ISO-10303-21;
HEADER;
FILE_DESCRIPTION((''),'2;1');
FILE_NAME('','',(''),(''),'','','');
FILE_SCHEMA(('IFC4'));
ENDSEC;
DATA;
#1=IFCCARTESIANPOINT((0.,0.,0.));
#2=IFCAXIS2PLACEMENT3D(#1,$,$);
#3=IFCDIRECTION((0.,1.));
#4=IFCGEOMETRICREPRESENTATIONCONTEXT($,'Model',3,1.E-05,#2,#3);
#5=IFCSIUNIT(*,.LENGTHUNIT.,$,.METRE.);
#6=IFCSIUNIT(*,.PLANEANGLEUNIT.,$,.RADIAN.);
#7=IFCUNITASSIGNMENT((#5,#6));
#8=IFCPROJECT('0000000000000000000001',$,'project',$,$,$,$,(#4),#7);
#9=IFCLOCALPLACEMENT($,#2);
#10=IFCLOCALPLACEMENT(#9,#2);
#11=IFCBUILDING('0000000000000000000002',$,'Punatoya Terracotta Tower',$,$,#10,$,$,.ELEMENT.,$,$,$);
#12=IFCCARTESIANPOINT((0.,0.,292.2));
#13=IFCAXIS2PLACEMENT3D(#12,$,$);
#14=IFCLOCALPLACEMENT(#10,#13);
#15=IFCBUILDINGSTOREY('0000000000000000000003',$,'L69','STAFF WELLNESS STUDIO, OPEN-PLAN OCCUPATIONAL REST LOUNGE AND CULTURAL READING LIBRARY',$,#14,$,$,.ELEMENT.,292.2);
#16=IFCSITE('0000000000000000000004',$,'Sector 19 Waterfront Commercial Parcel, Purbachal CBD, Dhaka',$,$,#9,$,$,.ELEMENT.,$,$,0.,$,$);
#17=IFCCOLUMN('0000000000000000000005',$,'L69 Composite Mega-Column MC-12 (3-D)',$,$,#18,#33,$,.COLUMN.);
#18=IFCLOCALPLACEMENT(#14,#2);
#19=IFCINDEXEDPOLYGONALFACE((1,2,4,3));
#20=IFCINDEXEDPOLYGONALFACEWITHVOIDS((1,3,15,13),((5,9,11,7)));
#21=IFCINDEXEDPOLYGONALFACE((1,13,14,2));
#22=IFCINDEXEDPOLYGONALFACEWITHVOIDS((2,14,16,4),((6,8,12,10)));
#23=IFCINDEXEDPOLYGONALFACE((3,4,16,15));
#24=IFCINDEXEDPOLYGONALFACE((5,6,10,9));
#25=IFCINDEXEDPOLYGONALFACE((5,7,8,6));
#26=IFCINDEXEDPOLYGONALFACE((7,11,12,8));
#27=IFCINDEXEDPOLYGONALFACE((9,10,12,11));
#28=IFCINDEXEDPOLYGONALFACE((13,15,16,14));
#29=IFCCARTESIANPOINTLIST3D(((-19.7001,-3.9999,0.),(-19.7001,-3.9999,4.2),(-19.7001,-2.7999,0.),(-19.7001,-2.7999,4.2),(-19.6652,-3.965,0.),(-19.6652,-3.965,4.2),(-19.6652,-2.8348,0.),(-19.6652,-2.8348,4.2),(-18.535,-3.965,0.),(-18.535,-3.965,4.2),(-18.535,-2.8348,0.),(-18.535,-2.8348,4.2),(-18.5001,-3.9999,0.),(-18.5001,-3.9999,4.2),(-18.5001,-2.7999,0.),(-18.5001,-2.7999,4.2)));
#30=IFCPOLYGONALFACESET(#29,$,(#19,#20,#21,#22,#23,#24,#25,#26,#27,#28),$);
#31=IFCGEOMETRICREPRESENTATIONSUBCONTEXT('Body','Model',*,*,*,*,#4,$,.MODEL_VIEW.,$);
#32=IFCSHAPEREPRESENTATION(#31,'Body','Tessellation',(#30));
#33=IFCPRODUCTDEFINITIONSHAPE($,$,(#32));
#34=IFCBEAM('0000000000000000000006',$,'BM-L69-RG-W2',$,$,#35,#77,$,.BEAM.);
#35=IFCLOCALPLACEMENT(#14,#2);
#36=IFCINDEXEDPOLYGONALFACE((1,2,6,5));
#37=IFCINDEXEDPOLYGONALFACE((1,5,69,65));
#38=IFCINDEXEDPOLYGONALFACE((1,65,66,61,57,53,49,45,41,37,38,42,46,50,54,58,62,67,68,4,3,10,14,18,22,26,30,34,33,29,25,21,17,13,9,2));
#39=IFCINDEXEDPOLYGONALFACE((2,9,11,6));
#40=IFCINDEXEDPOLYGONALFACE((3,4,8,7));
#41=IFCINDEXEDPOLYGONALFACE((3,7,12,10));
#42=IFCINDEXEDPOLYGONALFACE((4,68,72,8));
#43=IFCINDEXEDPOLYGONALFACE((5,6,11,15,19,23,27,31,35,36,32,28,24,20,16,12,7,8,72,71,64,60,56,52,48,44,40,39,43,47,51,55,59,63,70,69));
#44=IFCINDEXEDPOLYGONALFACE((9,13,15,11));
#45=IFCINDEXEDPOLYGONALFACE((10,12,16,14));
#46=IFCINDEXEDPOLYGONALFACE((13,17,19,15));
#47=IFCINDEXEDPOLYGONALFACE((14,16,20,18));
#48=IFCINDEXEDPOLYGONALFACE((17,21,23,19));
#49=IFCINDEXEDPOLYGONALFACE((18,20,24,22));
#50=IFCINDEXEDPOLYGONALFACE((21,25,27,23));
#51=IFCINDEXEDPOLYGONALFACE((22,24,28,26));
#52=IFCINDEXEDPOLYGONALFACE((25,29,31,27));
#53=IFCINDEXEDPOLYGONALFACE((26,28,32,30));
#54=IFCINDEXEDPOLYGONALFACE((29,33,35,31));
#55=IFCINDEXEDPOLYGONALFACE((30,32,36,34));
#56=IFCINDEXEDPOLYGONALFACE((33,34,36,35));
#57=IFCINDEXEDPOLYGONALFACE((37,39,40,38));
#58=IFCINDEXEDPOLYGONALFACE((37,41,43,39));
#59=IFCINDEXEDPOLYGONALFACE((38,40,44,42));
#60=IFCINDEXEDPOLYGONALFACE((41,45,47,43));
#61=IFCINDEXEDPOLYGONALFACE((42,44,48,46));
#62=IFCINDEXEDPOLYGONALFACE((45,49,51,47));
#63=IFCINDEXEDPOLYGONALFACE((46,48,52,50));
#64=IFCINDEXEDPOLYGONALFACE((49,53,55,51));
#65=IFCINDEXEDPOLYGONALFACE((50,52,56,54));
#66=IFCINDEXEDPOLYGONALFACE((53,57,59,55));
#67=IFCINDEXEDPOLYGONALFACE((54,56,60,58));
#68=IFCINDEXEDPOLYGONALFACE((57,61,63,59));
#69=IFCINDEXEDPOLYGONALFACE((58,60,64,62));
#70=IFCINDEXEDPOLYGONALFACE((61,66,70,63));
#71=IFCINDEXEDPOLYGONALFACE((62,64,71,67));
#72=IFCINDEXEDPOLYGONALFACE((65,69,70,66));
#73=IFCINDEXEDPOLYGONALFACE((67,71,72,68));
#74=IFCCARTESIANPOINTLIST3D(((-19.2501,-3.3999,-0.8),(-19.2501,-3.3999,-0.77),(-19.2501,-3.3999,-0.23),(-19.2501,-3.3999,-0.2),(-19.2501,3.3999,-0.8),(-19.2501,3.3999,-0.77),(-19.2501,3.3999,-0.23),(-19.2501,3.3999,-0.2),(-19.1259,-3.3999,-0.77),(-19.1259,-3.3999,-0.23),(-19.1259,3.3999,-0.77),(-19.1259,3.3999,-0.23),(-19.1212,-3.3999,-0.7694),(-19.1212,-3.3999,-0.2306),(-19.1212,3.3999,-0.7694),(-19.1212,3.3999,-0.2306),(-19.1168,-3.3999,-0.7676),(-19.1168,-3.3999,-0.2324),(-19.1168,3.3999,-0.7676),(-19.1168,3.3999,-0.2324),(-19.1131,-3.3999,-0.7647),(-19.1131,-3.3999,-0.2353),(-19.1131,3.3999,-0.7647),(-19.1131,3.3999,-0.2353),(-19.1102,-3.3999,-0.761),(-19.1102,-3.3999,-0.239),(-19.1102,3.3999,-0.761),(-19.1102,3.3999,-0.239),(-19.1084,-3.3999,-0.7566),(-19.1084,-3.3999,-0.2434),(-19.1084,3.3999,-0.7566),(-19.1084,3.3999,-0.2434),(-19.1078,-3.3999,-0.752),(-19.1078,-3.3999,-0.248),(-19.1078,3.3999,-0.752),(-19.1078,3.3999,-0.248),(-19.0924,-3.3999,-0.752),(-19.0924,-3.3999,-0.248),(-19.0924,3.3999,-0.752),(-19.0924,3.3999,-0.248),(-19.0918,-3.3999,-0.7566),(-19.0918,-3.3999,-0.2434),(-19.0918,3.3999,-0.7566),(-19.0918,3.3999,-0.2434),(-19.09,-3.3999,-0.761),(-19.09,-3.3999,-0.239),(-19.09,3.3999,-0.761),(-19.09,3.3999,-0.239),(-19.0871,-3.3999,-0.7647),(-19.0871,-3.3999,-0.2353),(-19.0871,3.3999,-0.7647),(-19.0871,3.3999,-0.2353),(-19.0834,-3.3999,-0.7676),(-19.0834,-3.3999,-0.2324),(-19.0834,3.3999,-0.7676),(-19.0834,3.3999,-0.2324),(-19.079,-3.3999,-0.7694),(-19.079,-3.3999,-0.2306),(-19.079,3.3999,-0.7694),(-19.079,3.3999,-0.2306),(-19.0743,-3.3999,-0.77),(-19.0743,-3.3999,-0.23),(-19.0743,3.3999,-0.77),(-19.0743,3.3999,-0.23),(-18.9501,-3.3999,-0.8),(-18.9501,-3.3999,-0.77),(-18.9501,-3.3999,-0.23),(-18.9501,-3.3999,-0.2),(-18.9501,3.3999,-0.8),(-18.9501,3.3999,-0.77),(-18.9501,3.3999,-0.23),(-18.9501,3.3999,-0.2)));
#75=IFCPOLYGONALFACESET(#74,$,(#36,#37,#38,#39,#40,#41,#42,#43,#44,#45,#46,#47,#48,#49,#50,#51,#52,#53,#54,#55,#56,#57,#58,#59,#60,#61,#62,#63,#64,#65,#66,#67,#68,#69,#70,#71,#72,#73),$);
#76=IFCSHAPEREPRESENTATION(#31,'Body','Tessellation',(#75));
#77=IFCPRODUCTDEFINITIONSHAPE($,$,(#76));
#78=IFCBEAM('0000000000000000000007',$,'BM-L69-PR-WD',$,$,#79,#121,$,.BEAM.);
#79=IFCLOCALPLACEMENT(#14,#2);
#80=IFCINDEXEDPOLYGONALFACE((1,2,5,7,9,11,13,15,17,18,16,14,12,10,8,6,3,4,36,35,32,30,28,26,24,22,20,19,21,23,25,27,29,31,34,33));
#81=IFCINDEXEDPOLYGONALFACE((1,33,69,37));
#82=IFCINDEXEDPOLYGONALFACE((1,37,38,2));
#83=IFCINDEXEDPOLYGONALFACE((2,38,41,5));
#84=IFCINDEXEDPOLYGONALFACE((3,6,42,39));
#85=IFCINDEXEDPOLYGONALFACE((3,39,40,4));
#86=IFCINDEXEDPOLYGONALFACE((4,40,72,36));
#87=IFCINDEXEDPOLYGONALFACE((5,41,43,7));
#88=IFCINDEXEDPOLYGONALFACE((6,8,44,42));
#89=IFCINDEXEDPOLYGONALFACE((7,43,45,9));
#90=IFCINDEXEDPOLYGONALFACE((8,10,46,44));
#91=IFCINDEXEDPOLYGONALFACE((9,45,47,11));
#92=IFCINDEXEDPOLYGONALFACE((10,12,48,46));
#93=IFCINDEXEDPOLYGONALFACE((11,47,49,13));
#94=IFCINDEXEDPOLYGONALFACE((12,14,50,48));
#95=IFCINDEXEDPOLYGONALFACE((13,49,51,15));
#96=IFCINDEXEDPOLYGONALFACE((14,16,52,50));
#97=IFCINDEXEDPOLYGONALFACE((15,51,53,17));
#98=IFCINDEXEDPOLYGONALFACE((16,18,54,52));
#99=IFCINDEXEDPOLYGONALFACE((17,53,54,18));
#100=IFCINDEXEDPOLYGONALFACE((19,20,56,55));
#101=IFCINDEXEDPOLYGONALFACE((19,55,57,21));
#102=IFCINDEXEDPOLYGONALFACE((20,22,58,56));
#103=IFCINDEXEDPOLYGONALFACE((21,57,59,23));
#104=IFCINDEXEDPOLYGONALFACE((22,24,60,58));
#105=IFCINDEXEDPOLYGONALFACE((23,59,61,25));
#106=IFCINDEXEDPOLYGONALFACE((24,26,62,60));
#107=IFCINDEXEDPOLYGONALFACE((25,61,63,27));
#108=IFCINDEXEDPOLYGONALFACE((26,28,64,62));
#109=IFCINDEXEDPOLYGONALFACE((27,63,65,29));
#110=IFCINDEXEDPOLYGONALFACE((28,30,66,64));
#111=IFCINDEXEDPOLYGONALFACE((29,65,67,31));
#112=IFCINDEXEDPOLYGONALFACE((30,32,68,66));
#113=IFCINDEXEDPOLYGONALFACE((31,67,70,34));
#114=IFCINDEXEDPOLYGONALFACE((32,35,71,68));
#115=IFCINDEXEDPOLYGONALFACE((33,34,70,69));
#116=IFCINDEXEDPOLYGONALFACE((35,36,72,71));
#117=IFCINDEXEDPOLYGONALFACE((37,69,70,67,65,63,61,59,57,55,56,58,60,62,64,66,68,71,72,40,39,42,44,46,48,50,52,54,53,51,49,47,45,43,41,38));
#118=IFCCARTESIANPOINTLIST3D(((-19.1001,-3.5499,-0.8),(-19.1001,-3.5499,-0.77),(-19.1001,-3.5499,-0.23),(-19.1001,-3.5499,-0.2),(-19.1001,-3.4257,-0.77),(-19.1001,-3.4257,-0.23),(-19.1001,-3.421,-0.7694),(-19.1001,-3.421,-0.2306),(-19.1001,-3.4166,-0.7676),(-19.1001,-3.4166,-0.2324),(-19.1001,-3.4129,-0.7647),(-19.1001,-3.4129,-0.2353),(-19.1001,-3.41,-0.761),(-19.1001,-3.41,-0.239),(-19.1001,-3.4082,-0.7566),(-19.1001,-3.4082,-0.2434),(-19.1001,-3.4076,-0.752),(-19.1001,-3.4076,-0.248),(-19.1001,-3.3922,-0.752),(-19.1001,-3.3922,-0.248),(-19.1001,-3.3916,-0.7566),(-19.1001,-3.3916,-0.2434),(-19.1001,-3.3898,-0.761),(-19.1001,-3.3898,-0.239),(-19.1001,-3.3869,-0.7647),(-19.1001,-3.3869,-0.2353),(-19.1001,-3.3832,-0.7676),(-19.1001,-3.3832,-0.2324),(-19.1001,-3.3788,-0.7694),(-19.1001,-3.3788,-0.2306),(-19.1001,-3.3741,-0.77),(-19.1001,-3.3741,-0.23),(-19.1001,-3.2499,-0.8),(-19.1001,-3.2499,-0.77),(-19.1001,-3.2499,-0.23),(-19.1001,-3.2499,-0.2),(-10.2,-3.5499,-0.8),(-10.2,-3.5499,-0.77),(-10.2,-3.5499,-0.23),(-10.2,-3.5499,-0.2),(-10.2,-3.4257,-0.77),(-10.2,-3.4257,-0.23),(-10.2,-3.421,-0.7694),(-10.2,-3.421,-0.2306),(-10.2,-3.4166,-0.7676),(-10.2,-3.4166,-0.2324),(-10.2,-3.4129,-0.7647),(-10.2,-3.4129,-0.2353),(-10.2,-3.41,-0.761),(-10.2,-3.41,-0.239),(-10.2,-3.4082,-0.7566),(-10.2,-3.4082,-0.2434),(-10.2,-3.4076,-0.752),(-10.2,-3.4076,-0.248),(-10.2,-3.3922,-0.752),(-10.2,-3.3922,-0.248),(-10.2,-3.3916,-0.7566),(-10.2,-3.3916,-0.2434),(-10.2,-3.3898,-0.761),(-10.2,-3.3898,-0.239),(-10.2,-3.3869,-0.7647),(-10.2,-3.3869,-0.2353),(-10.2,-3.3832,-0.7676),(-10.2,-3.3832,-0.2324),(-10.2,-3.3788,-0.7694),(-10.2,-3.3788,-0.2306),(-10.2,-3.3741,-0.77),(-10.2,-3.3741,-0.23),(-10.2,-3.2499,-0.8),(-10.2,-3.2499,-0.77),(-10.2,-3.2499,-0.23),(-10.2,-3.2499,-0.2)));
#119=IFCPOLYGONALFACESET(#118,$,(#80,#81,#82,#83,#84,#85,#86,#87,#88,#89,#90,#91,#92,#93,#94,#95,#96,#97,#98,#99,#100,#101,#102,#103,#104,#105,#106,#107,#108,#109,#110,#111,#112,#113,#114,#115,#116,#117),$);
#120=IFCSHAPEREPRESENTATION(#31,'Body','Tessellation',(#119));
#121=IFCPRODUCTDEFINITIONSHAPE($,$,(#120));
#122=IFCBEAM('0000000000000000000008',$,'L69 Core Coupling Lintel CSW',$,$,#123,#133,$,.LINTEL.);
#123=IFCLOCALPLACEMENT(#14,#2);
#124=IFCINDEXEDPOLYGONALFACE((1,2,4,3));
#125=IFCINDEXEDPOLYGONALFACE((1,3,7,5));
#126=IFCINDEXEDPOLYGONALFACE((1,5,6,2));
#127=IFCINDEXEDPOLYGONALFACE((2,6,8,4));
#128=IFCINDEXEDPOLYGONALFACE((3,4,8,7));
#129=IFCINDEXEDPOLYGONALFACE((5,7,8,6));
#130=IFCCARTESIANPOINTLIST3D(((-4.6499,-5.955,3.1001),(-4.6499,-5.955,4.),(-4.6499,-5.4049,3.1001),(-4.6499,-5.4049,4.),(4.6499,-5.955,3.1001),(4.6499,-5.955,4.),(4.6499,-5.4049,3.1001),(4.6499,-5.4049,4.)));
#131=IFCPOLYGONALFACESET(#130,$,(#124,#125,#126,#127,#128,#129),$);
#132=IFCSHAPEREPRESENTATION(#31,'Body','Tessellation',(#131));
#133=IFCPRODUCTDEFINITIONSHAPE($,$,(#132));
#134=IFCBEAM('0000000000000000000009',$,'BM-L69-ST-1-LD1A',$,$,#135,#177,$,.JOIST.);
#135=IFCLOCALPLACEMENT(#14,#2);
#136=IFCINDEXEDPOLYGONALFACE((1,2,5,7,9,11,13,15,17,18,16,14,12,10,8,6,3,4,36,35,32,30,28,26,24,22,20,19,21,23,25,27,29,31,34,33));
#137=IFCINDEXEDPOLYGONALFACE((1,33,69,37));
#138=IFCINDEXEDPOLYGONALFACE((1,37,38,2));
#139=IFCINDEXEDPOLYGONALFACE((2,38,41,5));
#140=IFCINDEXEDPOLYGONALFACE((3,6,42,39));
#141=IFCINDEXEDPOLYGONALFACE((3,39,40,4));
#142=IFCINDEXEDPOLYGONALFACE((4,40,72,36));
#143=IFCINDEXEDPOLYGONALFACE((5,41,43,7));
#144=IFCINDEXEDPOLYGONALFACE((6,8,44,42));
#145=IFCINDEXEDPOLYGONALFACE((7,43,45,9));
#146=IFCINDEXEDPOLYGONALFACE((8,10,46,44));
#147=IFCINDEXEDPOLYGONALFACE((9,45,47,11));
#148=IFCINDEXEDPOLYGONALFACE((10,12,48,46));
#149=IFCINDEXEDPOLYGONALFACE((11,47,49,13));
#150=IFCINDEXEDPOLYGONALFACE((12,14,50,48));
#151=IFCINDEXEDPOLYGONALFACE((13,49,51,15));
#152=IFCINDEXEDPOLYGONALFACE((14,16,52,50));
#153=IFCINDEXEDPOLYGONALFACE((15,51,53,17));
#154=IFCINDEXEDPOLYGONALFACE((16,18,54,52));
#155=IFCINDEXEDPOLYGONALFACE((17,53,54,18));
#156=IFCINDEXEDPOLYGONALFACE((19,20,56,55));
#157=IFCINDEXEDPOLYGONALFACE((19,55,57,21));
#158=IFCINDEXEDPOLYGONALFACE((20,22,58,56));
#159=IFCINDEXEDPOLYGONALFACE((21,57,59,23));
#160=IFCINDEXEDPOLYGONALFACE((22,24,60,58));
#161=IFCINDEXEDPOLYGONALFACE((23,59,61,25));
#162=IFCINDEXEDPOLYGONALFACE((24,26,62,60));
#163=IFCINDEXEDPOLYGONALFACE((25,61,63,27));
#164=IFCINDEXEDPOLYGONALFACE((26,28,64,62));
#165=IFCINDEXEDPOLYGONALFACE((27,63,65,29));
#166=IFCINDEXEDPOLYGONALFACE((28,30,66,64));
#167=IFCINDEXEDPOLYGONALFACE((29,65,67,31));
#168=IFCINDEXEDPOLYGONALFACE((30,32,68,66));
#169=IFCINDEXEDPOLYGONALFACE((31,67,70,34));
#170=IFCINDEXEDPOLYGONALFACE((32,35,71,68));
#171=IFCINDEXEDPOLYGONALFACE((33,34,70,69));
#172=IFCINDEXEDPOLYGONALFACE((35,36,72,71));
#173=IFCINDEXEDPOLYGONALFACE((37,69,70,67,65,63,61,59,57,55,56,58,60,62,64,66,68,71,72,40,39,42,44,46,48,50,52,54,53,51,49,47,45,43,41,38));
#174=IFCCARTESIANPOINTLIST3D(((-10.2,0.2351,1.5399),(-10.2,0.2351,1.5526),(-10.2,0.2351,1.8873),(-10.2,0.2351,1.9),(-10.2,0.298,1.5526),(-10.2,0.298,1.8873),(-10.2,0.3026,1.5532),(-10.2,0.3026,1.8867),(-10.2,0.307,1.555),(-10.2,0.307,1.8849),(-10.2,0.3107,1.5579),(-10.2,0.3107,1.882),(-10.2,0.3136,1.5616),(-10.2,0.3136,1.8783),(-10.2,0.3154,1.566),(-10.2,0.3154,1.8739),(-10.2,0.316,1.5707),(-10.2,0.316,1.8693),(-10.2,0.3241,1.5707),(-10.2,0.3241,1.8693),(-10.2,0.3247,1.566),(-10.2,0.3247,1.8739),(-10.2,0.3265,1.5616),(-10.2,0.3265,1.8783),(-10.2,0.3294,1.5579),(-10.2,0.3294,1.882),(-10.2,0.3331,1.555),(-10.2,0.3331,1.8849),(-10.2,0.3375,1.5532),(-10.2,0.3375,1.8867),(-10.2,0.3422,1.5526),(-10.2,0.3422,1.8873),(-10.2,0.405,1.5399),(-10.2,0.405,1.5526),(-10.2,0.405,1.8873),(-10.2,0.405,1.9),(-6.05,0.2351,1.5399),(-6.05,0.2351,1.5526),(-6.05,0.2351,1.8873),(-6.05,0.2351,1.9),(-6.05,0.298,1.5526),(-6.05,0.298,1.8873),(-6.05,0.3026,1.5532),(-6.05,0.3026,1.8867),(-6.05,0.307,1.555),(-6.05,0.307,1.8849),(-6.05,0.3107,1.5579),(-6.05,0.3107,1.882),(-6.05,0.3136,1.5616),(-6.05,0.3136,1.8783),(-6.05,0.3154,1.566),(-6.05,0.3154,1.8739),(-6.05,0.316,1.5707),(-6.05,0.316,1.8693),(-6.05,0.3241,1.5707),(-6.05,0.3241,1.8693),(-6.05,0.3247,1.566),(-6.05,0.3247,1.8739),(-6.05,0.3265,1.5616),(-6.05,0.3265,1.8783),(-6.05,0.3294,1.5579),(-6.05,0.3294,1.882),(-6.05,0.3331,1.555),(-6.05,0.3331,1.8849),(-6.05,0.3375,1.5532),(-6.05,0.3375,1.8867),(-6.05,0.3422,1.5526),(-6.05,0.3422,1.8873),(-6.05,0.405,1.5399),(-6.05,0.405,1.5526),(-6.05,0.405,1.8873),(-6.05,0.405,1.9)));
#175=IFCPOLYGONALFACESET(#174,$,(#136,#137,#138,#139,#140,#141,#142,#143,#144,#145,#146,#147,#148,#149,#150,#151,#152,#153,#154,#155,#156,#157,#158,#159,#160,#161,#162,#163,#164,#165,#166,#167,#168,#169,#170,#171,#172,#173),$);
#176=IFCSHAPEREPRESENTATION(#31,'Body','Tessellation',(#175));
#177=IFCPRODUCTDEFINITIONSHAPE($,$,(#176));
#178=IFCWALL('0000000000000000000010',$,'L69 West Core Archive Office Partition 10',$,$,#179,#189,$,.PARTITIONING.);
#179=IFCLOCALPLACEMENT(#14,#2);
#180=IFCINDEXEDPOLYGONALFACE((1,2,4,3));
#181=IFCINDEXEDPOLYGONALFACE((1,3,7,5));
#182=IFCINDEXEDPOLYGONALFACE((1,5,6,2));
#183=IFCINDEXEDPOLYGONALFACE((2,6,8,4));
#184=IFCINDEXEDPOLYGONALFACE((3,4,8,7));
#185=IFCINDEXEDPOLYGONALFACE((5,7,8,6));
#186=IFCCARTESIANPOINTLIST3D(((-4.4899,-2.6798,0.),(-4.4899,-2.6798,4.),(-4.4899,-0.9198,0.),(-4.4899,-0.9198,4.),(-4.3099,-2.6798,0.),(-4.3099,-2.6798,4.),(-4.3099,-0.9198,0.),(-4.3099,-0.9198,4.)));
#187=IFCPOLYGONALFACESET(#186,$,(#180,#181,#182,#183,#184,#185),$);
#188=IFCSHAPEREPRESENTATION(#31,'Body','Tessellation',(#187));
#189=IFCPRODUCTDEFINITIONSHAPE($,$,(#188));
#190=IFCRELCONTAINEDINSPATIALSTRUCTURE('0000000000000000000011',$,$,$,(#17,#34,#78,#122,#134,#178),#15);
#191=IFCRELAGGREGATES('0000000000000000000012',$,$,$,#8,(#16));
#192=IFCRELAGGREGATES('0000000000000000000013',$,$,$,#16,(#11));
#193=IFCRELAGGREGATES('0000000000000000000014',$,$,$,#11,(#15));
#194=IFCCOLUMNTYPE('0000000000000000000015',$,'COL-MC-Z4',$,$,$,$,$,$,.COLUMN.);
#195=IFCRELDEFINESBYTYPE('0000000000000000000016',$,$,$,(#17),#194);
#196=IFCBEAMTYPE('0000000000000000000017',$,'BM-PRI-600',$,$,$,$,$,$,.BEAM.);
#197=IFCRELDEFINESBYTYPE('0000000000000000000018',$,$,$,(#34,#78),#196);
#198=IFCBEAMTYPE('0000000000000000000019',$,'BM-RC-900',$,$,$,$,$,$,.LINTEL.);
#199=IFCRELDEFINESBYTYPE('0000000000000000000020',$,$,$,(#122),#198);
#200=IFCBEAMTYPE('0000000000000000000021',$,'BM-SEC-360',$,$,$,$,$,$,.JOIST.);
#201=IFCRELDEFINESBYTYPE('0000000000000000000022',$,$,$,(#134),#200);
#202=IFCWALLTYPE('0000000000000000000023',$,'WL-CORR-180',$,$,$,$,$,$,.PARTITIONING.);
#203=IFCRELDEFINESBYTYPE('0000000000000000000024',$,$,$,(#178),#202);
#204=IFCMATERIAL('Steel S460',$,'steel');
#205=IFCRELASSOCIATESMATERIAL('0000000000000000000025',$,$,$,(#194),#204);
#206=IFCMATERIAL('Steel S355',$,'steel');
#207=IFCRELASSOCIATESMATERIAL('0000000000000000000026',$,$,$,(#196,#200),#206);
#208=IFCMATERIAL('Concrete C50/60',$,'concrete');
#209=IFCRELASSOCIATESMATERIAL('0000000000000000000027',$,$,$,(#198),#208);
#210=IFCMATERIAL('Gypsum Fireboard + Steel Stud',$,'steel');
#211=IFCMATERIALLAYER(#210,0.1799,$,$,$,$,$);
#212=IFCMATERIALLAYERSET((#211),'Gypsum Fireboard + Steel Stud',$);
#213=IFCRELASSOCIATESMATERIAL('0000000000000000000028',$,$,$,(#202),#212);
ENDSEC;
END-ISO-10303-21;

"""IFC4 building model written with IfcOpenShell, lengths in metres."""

from ifc_helpers import new_model, si_unit, direction, frame, frame_2d, origin, origin_2d, place, context, subcontext, project, spatial, rectangle, hollow_rectangle, i_section, extrude, material, layer, layer_set, material_profile, profile_set, type_object, element, save


model = new_model("IFC4")

# Units and contexts
model_context = context("Model", 3, precision=1e-05, world=origin(), true_north=direction((0.0, 1.0)))
body_context = subcontext(model_context, "Body", "Model", "MODEL_VIEW")
ifc_project = project(units=[si_unit("LENGTHUNIT", "METRE"), si_unit("PLANEANGLEUNIT", "RADIAN")], contexts=[model_context])

# Site, building, storey
site_placement = place(None, origin())
site = spatial("IfcSite", under=ifc_project, at=site_placement, Name="Sector 19 Waterfront Commercial Parcel, Purbachal CBD, Dhaka", CompositionType="ELEMENT", RefElevation=0.0)
building_placement = place(site_placement, origin())
building = spatial("IfcBuilding", under=site, at=building_placement, Name="Punatoya Terracotta Tower", CompositionType="ELEMENT")
storey_placement = place(building_placement, frame((0.0, 0.0, 292.2)))
storey = spatial("IfcBuildingStorey", under=building, at=storey_placement, Name="L69", Description="STAFF WELLNESS STUDIO, OPEN-PLAN OCCUPATIONAL REST LOUNGE AND CULTURAL READING LIBRARY", CompositionType="ELEMENT", Elevation=292.2)

# Column
ifc_material_1 = material(Name="Steel S460", Category="steel")
ifc_material_profile_1 = material_profile(ifc_material_1, hollow_rectangle(XDim=1.2, YDim=1.2, WallThickness=0.0349, at=origin_2d()))
ifc_profile_set_1 = profile_set([ifc_material_profile_1], Name="Steel S460")
column_type = type_object("IfcColumnType", Name="COL-MC-Z4", PredefinedType="COLUMN", material=ifc_profile_set_1)
column_placement = place(storey_placement, frame((-19.1001, -3.3999, 0.0), z_axis=(0.0, 0.0, 1.0), x_axis=(1.0, 0.0, 0.0)))
element("IfcColumn", 1, at=column_placement, inside=storey, type_object=column_type, Name="L69 Composite Mega-Column MC-12 (3-D)", PredefinedType="COLUMN", context=body_context, shape_type="SweptSolid", body=[
    extrude(hollow_rectangle(XDim=1.2, YDim=1.2, WallThickness=0.0349, at=origin_2d()), origin(), (0.0, 0.0, 1.0), 4.2),
])

# Beams
ifc_material_2 = material(Name="Steel S355", Category="steel")
ifc_material_profile_2 = material_profile(ifc_material_2, i_section(OverallWidth=0.3, OverallDepth=0.6001, WebThickness=0.0154, FlangeThickness=0.03, FilletRadius=0.0181, at=origin_2d()))
ifc_profile_set_2 = profile_set([ifc_material_profile_2], Name="Steel S355")
beam_type_1 = type_object("IfcBeamType", Name="BM-PRI-600", PredefinedType="BEAM", material=ifc_profile_set_2)
beam_1_placement = place(storey_placement, frame((-19.1001, -3.3999, -0.5), z_axis=(0.0, 1.0, 0.0), x_axis=(-1.0, 0.0, 0.0)))
element("IfcBeam", 2, at=beam_1_placement, inside=storey, type_object=beam_type_1, Name="BM-L69-RG-W2", PredefinedType="BEAM", context=body_context, shape_type="SweptSolid", body=[
    extrude(i_section(OverallWidth=0.3, OverallDepth=0.6001, WebThickness=0.0154, FlangeThickness=0.03, FilletRadius=0.0181, at=origin_2d()), origin(), (0.0, 0.0, 1.0), 6.7998),
])
beam_2_placement = place(storey_placement, frame((-19.1001, -3.3999, -0.5), z_axis=(1.0, 0.0, 0.0), x_axis=(0.0, 1.0, 0.0)))
element("IfcBeam", 3, at=beam_2_placement, inside=storey, type_object=beam_type_1, Name="BM-L69-PR-WD", PredefinedType="BEAM", context=body_context, shape_type="SweptSolid", body=[
    extrude(i_section(OverallWidth=0.3, OverallDepth=0.6001, WebThickness=0.0154, FlangeThickness=0.03, FilletRadius=0.0181, at=origin_2d()), origin(), (0.0, 0.0, 1.0), 8.9001),
])
ifc_material_3 = material(Name="Concrete C50/60", Category="concrete")
ifc_material_profile_3 = material_profile(ifc_material_3, rectangle(XDim=0.55, YDim=0.8999, at=origin_2d()))
ifc_profile_set_3 = profile_set([ifc_material_profile_3], Name="Concrete C50/60")
beam_type_2 = type_object("IfcBeamType", Name="BM-RC-900", PredefinedType="LINTEL", material=ifc_profile_set_3)
beam_3_placement = place(storey_placement, frame((-4.6499, -5.6799, 3.55), z_axis=(1.0, 0.0, 0.0), x_axis=(0.0, 1.0, 0.0)))
element("IfcBeam", 4, at=beam_3_placement, inside=storey, type_object=beam_type_2, Name="L69 Core Coupling Lintel CSW", PredefinedType="LINTEL", context=body_context, shape_type="SweptSolid", body=[
    extrude(rectangle(XDim=0.55, YDim=0.8999, at=origin_2d()), origin(), (0.0, 0.0, 1.0), 9.2998),
])
ifc_material_profile_4 = material_profile(ifc_material_2, i_section(OverallWidth=0.1699, OverallDepth=0.3601, WebThickness=0.0081, FlangeThickness=0.0127, FilletRadius=0.0181, at=origin_2d()))
ifc_profile_set_4 = profile_set([ifc_material_profile_4], Name="Steel S355")
beam_type_3 = type_object("IfcBeamType", Name="BM-SEC-360", PredefinedType="JOIST", material=ifc_profile_set_4)
beam_4_placement = place(storey_placement, frame((-10.2, 0.3201, 1.72), z_axis=(1.0, 0.0, 0.0), x_axis=(0.0, 1.0, 0.0)))
element("IfcBeam", 5, at=beam_4_placement, inside=storey, type_object=beam_type_3, Name="BM-L69-ST-1-LD1A", PredefinedType="JOIST", context=body_context, shape_type="SweptSolid", body=[
    extrude(i_section(OverallWidth=0.1699, OverallDepth=0.3601, WebThickness=0.0081, FlangeThickness=0.0127, FilletRadius=0.0181, at=origin_2d()), origin(), (0.0, 0.0, 1.0), 4.1499),
])

# Wall
ifc_material_4 = material(Name="Gypsum Fireboard + Steel Stud", Category="steel")
ifc_layer_1 = layer(ifc_material_4, 0.1799)
ifc_layer_set_1 = layer_set([ifc_layer_1], Name="Gypsum Fireboard + Steel Stud")
wall_type_1 = type_object("IfcWallType", Name="WL-CORR-180", PredefinedType="PARTITIONING", material=ifc_layer_set_1)
wall_1_placement = place(storey_placement, frame((-4.3999, -0.9199, 0.0), z_axis=(0.0, 0.0, 1.0), x_axis=(0.0, -1.0, 0.0)))
element("IfcWall", 6, at=wall_1_placement, inside=storey, type_object=wall_type_1, Name="L69 West Core Archive Office Partition 10", PredefinedType="PARTITIONING", context=body_context, shape_type="SweptSolid", body=[
    extrude(rectangle(XDim=1.76, YDim=0.1799, at=frame_2d((0.8799, 0.0))), origin(), (0.0, 0.0, 1.0), 4.0),
])

save(model, "model.ifc")
